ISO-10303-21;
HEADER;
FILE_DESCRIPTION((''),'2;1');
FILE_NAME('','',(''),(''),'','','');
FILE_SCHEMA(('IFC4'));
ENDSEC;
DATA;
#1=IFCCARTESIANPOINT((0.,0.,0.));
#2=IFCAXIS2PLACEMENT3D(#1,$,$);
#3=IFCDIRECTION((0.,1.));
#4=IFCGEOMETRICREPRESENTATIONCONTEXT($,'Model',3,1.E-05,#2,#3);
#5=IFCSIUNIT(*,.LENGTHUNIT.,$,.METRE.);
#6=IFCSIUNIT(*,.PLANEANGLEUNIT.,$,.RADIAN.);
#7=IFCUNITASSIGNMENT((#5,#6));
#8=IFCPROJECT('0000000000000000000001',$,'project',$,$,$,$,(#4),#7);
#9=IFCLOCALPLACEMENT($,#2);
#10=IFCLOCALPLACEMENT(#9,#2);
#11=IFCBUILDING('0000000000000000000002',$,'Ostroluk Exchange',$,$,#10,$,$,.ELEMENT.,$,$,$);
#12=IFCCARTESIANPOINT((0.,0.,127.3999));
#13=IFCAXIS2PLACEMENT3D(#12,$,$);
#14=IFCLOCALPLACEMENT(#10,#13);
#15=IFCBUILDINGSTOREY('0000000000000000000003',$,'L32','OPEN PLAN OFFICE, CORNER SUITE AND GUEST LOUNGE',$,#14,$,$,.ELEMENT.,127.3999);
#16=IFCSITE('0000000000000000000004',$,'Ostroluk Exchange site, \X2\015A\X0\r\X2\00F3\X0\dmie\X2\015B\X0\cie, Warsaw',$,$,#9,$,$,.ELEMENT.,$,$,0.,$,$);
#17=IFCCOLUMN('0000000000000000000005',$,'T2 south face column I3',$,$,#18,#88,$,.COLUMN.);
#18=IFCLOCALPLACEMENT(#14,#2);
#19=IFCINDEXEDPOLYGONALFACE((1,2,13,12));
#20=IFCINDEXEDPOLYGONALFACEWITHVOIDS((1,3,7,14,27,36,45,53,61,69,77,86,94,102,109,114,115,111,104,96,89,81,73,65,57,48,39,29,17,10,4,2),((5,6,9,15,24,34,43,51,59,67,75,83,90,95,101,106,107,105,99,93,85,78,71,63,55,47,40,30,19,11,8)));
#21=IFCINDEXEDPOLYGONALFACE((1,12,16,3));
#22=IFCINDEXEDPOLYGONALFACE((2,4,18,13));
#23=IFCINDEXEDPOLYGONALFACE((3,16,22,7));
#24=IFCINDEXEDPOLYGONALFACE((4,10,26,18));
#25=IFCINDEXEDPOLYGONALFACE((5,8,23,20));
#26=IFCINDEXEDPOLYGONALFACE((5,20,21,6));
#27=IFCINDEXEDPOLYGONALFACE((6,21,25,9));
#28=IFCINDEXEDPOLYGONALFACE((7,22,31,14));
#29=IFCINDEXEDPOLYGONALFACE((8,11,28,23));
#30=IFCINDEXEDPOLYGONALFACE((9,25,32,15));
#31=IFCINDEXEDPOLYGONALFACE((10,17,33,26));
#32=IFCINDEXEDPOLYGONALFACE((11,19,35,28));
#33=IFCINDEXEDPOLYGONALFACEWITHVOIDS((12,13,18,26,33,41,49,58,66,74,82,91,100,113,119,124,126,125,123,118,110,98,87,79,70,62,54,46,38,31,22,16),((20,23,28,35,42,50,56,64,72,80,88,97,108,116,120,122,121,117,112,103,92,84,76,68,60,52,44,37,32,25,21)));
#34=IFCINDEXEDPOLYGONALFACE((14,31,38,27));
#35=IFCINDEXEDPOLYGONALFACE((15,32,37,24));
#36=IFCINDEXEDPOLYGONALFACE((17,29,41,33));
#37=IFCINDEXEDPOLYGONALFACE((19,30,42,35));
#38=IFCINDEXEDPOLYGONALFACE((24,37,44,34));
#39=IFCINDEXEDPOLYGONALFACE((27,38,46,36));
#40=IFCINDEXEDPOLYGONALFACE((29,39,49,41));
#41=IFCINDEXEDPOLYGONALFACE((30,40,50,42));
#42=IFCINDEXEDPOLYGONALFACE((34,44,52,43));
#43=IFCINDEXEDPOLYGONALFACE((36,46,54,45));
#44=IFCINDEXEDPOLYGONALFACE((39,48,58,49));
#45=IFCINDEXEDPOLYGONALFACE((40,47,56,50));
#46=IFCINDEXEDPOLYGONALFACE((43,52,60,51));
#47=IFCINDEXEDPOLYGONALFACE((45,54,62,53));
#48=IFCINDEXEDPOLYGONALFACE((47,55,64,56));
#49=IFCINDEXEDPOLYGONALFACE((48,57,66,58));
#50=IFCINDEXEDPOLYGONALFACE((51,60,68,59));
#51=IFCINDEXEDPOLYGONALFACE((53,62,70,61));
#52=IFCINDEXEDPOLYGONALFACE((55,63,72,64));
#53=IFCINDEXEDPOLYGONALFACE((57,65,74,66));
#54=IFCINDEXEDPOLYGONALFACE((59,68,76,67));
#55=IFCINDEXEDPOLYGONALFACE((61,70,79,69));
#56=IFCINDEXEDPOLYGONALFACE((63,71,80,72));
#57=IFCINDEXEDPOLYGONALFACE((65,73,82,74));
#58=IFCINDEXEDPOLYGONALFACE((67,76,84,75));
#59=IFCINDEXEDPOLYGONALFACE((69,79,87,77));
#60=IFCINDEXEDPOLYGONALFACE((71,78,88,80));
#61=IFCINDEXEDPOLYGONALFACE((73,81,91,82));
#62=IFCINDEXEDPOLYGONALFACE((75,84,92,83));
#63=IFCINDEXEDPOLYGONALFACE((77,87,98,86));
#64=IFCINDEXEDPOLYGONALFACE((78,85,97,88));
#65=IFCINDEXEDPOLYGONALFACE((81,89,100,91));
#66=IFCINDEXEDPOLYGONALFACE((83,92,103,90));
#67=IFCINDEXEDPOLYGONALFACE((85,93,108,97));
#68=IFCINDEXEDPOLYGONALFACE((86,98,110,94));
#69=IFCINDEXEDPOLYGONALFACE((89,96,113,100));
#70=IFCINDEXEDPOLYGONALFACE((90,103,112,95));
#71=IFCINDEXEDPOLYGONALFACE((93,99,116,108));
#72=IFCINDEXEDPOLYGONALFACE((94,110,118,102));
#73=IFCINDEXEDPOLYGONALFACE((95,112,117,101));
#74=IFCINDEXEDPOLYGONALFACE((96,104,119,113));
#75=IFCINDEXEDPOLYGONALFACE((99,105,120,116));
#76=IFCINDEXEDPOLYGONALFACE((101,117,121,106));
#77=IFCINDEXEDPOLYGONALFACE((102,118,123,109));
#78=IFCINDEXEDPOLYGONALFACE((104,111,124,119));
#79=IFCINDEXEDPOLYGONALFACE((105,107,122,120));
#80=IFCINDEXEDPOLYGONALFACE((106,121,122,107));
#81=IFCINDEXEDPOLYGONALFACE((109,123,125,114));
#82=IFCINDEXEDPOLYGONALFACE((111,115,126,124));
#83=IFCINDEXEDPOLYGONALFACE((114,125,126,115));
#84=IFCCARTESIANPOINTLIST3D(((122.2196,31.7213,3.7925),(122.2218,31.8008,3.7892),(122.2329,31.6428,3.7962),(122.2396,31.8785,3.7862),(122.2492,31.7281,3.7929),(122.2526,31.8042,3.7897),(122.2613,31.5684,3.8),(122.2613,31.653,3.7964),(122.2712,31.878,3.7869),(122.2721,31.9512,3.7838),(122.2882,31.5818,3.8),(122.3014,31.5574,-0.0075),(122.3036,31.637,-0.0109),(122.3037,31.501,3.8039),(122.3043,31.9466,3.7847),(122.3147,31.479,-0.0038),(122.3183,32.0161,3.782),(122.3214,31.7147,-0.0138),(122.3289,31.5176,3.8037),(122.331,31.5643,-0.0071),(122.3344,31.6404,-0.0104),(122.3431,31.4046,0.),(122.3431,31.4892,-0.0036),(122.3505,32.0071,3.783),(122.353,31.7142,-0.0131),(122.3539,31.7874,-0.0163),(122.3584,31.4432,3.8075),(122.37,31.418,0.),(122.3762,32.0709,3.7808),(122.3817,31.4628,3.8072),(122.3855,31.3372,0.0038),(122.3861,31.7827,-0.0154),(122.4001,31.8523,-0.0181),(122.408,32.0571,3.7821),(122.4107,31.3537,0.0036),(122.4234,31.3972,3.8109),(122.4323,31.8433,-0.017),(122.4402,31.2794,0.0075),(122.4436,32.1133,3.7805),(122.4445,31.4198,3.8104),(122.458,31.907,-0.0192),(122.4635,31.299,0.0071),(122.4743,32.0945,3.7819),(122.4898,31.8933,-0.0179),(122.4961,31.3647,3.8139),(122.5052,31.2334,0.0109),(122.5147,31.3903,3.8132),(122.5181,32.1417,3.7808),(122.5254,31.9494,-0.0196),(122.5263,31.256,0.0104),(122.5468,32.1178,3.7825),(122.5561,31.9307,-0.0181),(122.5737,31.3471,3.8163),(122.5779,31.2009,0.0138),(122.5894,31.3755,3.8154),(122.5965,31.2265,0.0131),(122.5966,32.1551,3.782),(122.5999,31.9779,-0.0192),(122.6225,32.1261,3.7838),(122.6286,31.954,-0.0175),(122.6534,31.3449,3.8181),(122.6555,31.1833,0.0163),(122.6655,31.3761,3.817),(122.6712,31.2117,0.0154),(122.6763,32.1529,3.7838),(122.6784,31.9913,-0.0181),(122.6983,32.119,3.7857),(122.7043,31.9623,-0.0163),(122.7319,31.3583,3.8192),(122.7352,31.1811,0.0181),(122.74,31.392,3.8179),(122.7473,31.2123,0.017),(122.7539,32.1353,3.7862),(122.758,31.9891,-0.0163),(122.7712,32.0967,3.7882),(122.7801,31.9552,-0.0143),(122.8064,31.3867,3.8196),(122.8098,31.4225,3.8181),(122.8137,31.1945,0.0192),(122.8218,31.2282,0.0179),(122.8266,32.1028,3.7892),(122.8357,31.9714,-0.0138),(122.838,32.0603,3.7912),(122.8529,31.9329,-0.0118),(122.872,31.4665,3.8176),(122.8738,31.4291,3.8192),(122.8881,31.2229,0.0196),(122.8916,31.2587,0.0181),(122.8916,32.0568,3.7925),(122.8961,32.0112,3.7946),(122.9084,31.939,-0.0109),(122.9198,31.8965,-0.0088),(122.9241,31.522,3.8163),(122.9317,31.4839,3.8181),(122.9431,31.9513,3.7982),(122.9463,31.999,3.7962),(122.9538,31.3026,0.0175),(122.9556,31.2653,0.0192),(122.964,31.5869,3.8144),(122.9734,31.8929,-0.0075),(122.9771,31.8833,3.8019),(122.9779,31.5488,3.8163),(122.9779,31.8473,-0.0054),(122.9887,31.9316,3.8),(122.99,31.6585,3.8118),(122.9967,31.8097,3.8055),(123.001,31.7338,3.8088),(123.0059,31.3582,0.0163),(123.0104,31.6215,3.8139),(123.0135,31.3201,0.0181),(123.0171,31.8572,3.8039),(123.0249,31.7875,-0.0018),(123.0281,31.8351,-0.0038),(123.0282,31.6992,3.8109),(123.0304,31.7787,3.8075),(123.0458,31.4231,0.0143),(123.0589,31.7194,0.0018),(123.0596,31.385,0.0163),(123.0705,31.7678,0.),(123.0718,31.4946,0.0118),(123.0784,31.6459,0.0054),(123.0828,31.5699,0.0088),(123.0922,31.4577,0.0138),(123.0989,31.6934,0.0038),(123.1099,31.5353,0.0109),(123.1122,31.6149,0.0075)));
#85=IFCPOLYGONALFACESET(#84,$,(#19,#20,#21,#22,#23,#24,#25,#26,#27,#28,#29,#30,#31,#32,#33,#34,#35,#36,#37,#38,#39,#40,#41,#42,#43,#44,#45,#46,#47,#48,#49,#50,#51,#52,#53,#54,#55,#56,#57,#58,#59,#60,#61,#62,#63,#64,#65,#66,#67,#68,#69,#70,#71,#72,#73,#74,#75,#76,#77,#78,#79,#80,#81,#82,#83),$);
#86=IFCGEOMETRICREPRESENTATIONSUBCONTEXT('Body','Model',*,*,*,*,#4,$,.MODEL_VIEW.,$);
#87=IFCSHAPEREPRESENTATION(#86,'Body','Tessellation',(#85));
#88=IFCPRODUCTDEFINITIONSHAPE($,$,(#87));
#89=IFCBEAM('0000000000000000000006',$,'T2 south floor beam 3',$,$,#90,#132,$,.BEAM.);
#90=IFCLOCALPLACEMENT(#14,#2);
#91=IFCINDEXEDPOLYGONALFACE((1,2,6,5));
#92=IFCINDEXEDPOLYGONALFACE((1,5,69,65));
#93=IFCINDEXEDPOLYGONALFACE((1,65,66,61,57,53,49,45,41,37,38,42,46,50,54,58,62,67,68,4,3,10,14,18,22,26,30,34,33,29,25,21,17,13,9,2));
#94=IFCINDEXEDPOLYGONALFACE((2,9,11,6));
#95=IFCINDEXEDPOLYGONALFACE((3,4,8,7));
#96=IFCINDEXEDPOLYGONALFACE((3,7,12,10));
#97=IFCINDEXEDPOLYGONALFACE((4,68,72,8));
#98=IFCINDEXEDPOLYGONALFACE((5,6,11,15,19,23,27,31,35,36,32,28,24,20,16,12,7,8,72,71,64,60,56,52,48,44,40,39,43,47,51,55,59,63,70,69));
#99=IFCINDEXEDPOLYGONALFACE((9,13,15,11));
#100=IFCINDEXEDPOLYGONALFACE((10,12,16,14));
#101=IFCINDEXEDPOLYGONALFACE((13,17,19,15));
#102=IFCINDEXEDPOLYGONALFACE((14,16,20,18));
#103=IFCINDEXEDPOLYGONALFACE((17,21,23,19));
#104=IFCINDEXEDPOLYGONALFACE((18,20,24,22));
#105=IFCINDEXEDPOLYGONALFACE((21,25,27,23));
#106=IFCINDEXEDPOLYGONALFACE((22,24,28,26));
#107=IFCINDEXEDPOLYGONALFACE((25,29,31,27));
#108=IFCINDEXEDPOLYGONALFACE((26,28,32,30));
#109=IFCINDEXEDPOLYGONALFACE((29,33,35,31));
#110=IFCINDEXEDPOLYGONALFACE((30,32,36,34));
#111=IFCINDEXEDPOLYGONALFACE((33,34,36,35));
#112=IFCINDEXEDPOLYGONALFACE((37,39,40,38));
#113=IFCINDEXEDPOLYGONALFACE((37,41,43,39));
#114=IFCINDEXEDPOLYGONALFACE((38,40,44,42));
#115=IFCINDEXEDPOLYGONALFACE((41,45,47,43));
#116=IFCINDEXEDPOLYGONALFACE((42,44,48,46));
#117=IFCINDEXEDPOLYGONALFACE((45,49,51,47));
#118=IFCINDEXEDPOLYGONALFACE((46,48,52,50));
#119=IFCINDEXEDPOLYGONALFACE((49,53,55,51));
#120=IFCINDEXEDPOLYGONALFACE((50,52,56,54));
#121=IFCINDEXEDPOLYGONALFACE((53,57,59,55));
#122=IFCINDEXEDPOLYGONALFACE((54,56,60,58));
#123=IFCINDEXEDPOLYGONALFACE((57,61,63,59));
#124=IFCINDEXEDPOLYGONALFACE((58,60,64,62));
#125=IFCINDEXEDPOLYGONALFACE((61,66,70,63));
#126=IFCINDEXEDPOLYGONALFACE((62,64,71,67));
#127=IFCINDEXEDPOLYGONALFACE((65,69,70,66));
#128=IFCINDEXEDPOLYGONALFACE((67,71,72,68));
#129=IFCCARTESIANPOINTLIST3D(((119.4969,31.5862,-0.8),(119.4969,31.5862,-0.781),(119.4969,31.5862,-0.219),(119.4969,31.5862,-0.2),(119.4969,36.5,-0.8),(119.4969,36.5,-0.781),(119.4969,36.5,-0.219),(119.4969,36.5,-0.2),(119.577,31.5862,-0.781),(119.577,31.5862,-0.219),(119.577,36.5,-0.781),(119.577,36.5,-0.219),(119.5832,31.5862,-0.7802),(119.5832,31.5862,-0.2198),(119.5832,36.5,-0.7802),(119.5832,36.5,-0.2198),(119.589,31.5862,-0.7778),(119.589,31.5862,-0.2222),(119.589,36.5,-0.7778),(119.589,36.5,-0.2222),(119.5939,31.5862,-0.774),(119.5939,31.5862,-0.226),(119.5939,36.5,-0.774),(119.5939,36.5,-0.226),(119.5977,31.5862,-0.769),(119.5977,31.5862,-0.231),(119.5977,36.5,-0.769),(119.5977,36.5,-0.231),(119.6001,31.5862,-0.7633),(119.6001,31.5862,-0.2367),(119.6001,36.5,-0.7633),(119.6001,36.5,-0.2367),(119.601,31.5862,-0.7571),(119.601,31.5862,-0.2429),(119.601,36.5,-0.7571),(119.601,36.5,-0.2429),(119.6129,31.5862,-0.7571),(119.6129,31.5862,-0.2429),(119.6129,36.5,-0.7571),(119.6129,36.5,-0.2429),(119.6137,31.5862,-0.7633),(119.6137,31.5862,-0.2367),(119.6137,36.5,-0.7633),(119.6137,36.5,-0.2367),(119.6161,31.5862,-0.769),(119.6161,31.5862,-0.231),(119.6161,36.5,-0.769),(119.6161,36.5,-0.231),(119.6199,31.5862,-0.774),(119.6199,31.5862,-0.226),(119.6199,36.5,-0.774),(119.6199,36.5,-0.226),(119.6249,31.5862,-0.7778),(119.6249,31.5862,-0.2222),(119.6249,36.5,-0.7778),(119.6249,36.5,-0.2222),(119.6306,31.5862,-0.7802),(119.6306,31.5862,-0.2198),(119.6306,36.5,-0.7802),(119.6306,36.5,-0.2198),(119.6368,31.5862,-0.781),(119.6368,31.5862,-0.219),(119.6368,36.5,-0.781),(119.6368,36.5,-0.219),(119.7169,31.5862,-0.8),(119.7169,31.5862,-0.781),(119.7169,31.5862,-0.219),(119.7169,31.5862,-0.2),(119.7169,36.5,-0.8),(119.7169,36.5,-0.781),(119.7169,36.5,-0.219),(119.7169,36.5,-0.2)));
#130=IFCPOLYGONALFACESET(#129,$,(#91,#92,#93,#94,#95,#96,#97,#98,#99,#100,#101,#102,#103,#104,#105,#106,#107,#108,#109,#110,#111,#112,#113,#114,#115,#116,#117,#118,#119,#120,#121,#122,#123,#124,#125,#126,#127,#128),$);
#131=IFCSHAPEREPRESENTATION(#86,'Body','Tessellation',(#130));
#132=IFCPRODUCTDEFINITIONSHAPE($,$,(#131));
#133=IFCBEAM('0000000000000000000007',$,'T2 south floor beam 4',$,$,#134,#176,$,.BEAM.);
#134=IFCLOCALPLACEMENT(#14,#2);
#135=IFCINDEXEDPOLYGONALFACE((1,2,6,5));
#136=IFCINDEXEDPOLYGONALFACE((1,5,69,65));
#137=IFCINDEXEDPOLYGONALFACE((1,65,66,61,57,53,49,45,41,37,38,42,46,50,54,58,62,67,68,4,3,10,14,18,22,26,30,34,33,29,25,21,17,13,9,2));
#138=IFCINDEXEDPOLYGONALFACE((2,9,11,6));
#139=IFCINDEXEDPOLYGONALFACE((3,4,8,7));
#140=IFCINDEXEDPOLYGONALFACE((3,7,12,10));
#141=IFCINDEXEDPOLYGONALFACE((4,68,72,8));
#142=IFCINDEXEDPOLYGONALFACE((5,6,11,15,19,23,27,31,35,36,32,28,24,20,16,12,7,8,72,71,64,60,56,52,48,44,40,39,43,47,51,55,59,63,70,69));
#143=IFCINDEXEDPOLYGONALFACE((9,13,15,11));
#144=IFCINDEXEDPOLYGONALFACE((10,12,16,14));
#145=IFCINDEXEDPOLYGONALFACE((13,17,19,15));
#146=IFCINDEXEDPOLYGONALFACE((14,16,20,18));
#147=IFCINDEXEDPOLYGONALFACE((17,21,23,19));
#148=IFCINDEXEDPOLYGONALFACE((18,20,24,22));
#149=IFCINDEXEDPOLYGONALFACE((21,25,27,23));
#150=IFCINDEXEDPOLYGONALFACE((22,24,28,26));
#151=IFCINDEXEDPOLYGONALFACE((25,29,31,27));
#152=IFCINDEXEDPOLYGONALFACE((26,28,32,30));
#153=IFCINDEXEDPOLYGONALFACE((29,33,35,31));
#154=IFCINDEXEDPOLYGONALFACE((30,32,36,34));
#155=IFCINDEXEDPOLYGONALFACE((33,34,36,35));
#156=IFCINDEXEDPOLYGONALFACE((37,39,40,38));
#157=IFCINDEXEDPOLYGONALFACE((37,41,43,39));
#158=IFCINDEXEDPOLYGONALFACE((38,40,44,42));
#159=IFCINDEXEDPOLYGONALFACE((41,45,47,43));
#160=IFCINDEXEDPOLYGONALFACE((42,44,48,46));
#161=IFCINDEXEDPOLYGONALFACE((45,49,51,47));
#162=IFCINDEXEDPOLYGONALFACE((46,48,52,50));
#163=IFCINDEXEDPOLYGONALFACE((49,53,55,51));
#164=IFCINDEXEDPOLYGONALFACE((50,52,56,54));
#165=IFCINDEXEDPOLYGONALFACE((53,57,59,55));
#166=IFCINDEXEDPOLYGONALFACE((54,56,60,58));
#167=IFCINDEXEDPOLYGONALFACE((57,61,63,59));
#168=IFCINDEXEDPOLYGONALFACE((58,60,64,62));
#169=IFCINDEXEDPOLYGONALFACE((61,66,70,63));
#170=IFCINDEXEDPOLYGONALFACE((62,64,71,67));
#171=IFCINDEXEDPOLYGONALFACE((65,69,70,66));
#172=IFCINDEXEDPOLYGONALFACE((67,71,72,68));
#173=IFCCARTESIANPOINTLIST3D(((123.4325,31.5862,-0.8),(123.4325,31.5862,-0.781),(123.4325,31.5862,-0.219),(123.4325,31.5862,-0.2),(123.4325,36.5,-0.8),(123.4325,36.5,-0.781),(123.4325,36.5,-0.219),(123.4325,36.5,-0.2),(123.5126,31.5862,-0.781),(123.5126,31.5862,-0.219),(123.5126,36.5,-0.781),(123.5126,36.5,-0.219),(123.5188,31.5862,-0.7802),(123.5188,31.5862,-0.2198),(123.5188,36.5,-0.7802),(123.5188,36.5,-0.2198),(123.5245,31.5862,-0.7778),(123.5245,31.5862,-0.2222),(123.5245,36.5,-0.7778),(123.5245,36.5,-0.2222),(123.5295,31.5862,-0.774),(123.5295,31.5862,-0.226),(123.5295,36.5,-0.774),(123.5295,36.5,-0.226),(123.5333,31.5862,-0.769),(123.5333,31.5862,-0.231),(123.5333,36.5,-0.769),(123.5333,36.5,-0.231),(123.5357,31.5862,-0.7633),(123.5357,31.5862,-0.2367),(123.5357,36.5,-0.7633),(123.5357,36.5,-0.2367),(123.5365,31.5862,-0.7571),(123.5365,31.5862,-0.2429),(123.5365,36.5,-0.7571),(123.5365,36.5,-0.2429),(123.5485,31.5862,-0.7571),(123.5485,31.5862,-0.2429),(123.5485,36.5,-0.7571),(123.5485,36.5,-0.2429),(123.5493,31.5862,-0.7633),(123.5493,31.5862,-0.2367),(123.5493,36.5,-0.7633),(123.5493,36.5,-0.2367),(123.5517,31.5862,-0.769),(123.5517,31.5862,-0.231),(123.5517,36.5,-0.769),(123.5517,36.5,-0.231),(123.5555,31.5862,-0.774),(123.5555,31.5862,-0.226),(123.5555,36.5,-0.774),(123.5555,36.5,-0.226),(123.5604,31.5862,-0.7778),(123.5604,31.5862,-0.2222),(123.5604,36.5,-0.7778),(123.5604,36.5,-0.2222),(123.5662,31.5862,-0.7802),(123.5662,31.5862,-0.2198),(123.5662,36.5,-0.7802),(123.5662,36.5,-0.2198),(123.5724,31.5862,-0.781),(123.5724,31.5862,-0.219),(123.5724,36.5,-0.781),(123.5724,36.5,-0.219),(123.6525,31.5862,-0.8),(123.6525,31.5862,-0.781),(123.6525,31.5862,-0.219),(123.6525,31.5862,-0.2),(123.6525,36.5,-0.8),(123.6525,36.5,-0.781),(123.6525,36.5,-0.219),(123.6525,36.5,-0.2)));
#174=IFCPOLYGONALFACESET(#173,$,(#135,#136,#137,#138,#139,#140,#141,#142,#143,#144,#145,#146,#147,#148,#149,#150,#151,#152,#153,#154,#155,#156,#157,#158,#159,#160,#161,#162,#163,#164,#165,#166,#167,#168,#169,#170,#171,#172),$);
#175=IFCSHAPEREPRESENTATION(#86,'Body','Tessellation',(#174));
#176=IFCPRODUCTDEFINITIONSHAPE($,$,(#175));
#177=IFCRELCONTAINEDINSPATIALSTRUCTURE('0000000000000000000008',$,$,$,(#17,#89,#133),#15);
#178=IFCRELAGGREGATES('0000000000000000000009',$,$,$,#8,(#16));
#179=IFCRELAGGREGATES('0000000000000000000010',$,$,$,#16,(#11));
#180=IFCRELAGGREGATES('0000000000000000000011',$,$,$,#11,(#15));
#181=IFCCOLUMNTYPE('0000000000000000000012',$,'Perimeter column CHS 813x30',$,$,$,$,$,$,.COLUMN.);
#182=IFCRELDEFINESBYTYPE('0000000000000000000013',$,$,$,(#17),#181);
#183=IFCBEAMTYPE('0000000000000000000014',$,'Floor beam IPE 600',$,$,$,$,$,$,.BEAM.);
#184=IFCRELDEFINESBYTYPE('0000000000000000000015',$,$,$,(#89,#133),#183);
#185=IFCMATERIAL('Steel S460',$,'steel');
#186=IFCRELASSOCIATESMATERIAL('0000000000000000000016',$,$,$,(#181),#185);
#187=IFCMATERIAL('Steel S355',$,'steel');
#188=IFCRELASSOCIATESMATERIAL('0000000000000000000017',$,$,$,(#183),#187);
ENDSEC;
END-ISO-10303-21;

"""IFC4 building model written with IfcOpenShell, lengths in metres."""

from ifc_helpers import new_model, si_unit, direction, frame, origin, origin_2d, place, context, subcontext, project, spatial, hollow_circle, i_section, extrude, material, material_profile, profile_set, type_object, element, save


model = new_model("IFC4")

# Units and contexts
model_context = context("Model", 3, precision=1e-05, world=origin(), true_north=direction((0.0, 1.0)))
body_context = subcontext(model_context, "Body", "Model", "MODEL_VIEW")
ifc_project = project(units=[si_unit("LENGTHUNIT", "METRE"), si_unit("PLANEANGLEUNIT", "RADIAN")], contexts=[model_context])

# Site, building, storey
site_placement = place(None, origin())
site = spatial("IfcSite", under=ifc_project, at=site_placement, Name="Ostroluk Exchange site, Śródmieście, Warsaw", CompositionType="ELEMENT", RefElevation=0.0)
building_placement = place(site_placement, origin())
building = spatial("IfcBuilding", under=site, at=building_placement, Name="Ostroluk Exchange", CompositionType="ELEMENT")
storey_placement = place(building_placement, frame((0.0, 0.0, 127.3999)))
storey = spatial("IfcBuildingStorey", under=building, at=storey_placement, Name="L32", Description="OPEN PLAN OFFICE, CORNER SUITE AND GUEST LOUNGE", CompositionType="ELEMENT", Elevation=127.3999)

# Column
ifc_material_1 = material(Name="Steel S460", Category="steel")
ifc_material_profile_1 = material_profile(ifc_material_1, hollow_circle(Radius=0.4065, WallThickness=0.03, at=origin_2d()), Name="CHS 813x30")
ifc_profile_set_1 = profile_set([ifc_material_profile_1], Name="Steel S460")
column_type = type_object("IfcColumnType", Name="Perimeter column CHS 813x30", PredefinedType="COLUMN", material=ifc_profile_set_1)
column_placement = place(storey_placement, frame((122.7068, 31.5862, 0.0), z_axis=(-0.021498, 0.04306, 0.998841), x_axis=(-0.894694, -0.44668, 0.0)))
element("IfcColumn", 1, at=column_placement, inside=storey, type_object=column_type, Name="T2 south face column I3", PredefinedType="COLUMN", context=body_context, shape_type="SweptSolid", body=[
    extrude(hollow_circle(Radius=0.4065, WallThickness=0.03, at=origin_2d()), origin(), (0.0, 0.0, 1.0), 3.8044),
])

# Beams
ifc_material_2 = material(Name="Steel S355", Category="steel")
ifc_material_profile_2 = material_profile(ifc_material_2, i_section(OverallWidth=0.22, OverallDepth=0.6001, WebThickness=0.012, FlangeThickness=0.019, FilletRadius=0.0239, at=origin_2d()), Name="IPE 600")
ifc_profile_set_2 = profile_set([ifc_material_profile_2], Name="Steel S355")
beam_type_1 = type_object("IfcBeamType", Name="Floor beam IPE 600", PredefinedType="BEAM", material=ifc_profile_set_2)
for number, where, z_axis, x_axis, name in (
    (2, (119.6069, 36.5, -0.5), (0.0, -1.0, 0.0), (1.0, 0.0, 0.0), "T2 south floor beam 3"),
    (3, (123.5425, 36.5, -0.5), (0.0, -1.0, 0.0), (1.0, 0.0, 0.0), "T2 south floor beam 4"),
):
    element("IfcBeam", number, at=place(storey_placement, frame(where, z_axis=z_axis, x_axis=x_axis)), inside=storey, type_object=beam_type_1, Name=name, PredefinedType="BEAM", context=body_context, shape_type="SweptSolid", body=[
        extrude(i_section(OverallWidth=0.22, OverallDepth=0.6001, WebThickness=0.012, FlangeThickness=0.019, FilletRadius=0.0239, at=origin_2d()), origin(), (0.0, 0.0, 1.0), 4.9138),
    ])

save(model, "model.ifc")
